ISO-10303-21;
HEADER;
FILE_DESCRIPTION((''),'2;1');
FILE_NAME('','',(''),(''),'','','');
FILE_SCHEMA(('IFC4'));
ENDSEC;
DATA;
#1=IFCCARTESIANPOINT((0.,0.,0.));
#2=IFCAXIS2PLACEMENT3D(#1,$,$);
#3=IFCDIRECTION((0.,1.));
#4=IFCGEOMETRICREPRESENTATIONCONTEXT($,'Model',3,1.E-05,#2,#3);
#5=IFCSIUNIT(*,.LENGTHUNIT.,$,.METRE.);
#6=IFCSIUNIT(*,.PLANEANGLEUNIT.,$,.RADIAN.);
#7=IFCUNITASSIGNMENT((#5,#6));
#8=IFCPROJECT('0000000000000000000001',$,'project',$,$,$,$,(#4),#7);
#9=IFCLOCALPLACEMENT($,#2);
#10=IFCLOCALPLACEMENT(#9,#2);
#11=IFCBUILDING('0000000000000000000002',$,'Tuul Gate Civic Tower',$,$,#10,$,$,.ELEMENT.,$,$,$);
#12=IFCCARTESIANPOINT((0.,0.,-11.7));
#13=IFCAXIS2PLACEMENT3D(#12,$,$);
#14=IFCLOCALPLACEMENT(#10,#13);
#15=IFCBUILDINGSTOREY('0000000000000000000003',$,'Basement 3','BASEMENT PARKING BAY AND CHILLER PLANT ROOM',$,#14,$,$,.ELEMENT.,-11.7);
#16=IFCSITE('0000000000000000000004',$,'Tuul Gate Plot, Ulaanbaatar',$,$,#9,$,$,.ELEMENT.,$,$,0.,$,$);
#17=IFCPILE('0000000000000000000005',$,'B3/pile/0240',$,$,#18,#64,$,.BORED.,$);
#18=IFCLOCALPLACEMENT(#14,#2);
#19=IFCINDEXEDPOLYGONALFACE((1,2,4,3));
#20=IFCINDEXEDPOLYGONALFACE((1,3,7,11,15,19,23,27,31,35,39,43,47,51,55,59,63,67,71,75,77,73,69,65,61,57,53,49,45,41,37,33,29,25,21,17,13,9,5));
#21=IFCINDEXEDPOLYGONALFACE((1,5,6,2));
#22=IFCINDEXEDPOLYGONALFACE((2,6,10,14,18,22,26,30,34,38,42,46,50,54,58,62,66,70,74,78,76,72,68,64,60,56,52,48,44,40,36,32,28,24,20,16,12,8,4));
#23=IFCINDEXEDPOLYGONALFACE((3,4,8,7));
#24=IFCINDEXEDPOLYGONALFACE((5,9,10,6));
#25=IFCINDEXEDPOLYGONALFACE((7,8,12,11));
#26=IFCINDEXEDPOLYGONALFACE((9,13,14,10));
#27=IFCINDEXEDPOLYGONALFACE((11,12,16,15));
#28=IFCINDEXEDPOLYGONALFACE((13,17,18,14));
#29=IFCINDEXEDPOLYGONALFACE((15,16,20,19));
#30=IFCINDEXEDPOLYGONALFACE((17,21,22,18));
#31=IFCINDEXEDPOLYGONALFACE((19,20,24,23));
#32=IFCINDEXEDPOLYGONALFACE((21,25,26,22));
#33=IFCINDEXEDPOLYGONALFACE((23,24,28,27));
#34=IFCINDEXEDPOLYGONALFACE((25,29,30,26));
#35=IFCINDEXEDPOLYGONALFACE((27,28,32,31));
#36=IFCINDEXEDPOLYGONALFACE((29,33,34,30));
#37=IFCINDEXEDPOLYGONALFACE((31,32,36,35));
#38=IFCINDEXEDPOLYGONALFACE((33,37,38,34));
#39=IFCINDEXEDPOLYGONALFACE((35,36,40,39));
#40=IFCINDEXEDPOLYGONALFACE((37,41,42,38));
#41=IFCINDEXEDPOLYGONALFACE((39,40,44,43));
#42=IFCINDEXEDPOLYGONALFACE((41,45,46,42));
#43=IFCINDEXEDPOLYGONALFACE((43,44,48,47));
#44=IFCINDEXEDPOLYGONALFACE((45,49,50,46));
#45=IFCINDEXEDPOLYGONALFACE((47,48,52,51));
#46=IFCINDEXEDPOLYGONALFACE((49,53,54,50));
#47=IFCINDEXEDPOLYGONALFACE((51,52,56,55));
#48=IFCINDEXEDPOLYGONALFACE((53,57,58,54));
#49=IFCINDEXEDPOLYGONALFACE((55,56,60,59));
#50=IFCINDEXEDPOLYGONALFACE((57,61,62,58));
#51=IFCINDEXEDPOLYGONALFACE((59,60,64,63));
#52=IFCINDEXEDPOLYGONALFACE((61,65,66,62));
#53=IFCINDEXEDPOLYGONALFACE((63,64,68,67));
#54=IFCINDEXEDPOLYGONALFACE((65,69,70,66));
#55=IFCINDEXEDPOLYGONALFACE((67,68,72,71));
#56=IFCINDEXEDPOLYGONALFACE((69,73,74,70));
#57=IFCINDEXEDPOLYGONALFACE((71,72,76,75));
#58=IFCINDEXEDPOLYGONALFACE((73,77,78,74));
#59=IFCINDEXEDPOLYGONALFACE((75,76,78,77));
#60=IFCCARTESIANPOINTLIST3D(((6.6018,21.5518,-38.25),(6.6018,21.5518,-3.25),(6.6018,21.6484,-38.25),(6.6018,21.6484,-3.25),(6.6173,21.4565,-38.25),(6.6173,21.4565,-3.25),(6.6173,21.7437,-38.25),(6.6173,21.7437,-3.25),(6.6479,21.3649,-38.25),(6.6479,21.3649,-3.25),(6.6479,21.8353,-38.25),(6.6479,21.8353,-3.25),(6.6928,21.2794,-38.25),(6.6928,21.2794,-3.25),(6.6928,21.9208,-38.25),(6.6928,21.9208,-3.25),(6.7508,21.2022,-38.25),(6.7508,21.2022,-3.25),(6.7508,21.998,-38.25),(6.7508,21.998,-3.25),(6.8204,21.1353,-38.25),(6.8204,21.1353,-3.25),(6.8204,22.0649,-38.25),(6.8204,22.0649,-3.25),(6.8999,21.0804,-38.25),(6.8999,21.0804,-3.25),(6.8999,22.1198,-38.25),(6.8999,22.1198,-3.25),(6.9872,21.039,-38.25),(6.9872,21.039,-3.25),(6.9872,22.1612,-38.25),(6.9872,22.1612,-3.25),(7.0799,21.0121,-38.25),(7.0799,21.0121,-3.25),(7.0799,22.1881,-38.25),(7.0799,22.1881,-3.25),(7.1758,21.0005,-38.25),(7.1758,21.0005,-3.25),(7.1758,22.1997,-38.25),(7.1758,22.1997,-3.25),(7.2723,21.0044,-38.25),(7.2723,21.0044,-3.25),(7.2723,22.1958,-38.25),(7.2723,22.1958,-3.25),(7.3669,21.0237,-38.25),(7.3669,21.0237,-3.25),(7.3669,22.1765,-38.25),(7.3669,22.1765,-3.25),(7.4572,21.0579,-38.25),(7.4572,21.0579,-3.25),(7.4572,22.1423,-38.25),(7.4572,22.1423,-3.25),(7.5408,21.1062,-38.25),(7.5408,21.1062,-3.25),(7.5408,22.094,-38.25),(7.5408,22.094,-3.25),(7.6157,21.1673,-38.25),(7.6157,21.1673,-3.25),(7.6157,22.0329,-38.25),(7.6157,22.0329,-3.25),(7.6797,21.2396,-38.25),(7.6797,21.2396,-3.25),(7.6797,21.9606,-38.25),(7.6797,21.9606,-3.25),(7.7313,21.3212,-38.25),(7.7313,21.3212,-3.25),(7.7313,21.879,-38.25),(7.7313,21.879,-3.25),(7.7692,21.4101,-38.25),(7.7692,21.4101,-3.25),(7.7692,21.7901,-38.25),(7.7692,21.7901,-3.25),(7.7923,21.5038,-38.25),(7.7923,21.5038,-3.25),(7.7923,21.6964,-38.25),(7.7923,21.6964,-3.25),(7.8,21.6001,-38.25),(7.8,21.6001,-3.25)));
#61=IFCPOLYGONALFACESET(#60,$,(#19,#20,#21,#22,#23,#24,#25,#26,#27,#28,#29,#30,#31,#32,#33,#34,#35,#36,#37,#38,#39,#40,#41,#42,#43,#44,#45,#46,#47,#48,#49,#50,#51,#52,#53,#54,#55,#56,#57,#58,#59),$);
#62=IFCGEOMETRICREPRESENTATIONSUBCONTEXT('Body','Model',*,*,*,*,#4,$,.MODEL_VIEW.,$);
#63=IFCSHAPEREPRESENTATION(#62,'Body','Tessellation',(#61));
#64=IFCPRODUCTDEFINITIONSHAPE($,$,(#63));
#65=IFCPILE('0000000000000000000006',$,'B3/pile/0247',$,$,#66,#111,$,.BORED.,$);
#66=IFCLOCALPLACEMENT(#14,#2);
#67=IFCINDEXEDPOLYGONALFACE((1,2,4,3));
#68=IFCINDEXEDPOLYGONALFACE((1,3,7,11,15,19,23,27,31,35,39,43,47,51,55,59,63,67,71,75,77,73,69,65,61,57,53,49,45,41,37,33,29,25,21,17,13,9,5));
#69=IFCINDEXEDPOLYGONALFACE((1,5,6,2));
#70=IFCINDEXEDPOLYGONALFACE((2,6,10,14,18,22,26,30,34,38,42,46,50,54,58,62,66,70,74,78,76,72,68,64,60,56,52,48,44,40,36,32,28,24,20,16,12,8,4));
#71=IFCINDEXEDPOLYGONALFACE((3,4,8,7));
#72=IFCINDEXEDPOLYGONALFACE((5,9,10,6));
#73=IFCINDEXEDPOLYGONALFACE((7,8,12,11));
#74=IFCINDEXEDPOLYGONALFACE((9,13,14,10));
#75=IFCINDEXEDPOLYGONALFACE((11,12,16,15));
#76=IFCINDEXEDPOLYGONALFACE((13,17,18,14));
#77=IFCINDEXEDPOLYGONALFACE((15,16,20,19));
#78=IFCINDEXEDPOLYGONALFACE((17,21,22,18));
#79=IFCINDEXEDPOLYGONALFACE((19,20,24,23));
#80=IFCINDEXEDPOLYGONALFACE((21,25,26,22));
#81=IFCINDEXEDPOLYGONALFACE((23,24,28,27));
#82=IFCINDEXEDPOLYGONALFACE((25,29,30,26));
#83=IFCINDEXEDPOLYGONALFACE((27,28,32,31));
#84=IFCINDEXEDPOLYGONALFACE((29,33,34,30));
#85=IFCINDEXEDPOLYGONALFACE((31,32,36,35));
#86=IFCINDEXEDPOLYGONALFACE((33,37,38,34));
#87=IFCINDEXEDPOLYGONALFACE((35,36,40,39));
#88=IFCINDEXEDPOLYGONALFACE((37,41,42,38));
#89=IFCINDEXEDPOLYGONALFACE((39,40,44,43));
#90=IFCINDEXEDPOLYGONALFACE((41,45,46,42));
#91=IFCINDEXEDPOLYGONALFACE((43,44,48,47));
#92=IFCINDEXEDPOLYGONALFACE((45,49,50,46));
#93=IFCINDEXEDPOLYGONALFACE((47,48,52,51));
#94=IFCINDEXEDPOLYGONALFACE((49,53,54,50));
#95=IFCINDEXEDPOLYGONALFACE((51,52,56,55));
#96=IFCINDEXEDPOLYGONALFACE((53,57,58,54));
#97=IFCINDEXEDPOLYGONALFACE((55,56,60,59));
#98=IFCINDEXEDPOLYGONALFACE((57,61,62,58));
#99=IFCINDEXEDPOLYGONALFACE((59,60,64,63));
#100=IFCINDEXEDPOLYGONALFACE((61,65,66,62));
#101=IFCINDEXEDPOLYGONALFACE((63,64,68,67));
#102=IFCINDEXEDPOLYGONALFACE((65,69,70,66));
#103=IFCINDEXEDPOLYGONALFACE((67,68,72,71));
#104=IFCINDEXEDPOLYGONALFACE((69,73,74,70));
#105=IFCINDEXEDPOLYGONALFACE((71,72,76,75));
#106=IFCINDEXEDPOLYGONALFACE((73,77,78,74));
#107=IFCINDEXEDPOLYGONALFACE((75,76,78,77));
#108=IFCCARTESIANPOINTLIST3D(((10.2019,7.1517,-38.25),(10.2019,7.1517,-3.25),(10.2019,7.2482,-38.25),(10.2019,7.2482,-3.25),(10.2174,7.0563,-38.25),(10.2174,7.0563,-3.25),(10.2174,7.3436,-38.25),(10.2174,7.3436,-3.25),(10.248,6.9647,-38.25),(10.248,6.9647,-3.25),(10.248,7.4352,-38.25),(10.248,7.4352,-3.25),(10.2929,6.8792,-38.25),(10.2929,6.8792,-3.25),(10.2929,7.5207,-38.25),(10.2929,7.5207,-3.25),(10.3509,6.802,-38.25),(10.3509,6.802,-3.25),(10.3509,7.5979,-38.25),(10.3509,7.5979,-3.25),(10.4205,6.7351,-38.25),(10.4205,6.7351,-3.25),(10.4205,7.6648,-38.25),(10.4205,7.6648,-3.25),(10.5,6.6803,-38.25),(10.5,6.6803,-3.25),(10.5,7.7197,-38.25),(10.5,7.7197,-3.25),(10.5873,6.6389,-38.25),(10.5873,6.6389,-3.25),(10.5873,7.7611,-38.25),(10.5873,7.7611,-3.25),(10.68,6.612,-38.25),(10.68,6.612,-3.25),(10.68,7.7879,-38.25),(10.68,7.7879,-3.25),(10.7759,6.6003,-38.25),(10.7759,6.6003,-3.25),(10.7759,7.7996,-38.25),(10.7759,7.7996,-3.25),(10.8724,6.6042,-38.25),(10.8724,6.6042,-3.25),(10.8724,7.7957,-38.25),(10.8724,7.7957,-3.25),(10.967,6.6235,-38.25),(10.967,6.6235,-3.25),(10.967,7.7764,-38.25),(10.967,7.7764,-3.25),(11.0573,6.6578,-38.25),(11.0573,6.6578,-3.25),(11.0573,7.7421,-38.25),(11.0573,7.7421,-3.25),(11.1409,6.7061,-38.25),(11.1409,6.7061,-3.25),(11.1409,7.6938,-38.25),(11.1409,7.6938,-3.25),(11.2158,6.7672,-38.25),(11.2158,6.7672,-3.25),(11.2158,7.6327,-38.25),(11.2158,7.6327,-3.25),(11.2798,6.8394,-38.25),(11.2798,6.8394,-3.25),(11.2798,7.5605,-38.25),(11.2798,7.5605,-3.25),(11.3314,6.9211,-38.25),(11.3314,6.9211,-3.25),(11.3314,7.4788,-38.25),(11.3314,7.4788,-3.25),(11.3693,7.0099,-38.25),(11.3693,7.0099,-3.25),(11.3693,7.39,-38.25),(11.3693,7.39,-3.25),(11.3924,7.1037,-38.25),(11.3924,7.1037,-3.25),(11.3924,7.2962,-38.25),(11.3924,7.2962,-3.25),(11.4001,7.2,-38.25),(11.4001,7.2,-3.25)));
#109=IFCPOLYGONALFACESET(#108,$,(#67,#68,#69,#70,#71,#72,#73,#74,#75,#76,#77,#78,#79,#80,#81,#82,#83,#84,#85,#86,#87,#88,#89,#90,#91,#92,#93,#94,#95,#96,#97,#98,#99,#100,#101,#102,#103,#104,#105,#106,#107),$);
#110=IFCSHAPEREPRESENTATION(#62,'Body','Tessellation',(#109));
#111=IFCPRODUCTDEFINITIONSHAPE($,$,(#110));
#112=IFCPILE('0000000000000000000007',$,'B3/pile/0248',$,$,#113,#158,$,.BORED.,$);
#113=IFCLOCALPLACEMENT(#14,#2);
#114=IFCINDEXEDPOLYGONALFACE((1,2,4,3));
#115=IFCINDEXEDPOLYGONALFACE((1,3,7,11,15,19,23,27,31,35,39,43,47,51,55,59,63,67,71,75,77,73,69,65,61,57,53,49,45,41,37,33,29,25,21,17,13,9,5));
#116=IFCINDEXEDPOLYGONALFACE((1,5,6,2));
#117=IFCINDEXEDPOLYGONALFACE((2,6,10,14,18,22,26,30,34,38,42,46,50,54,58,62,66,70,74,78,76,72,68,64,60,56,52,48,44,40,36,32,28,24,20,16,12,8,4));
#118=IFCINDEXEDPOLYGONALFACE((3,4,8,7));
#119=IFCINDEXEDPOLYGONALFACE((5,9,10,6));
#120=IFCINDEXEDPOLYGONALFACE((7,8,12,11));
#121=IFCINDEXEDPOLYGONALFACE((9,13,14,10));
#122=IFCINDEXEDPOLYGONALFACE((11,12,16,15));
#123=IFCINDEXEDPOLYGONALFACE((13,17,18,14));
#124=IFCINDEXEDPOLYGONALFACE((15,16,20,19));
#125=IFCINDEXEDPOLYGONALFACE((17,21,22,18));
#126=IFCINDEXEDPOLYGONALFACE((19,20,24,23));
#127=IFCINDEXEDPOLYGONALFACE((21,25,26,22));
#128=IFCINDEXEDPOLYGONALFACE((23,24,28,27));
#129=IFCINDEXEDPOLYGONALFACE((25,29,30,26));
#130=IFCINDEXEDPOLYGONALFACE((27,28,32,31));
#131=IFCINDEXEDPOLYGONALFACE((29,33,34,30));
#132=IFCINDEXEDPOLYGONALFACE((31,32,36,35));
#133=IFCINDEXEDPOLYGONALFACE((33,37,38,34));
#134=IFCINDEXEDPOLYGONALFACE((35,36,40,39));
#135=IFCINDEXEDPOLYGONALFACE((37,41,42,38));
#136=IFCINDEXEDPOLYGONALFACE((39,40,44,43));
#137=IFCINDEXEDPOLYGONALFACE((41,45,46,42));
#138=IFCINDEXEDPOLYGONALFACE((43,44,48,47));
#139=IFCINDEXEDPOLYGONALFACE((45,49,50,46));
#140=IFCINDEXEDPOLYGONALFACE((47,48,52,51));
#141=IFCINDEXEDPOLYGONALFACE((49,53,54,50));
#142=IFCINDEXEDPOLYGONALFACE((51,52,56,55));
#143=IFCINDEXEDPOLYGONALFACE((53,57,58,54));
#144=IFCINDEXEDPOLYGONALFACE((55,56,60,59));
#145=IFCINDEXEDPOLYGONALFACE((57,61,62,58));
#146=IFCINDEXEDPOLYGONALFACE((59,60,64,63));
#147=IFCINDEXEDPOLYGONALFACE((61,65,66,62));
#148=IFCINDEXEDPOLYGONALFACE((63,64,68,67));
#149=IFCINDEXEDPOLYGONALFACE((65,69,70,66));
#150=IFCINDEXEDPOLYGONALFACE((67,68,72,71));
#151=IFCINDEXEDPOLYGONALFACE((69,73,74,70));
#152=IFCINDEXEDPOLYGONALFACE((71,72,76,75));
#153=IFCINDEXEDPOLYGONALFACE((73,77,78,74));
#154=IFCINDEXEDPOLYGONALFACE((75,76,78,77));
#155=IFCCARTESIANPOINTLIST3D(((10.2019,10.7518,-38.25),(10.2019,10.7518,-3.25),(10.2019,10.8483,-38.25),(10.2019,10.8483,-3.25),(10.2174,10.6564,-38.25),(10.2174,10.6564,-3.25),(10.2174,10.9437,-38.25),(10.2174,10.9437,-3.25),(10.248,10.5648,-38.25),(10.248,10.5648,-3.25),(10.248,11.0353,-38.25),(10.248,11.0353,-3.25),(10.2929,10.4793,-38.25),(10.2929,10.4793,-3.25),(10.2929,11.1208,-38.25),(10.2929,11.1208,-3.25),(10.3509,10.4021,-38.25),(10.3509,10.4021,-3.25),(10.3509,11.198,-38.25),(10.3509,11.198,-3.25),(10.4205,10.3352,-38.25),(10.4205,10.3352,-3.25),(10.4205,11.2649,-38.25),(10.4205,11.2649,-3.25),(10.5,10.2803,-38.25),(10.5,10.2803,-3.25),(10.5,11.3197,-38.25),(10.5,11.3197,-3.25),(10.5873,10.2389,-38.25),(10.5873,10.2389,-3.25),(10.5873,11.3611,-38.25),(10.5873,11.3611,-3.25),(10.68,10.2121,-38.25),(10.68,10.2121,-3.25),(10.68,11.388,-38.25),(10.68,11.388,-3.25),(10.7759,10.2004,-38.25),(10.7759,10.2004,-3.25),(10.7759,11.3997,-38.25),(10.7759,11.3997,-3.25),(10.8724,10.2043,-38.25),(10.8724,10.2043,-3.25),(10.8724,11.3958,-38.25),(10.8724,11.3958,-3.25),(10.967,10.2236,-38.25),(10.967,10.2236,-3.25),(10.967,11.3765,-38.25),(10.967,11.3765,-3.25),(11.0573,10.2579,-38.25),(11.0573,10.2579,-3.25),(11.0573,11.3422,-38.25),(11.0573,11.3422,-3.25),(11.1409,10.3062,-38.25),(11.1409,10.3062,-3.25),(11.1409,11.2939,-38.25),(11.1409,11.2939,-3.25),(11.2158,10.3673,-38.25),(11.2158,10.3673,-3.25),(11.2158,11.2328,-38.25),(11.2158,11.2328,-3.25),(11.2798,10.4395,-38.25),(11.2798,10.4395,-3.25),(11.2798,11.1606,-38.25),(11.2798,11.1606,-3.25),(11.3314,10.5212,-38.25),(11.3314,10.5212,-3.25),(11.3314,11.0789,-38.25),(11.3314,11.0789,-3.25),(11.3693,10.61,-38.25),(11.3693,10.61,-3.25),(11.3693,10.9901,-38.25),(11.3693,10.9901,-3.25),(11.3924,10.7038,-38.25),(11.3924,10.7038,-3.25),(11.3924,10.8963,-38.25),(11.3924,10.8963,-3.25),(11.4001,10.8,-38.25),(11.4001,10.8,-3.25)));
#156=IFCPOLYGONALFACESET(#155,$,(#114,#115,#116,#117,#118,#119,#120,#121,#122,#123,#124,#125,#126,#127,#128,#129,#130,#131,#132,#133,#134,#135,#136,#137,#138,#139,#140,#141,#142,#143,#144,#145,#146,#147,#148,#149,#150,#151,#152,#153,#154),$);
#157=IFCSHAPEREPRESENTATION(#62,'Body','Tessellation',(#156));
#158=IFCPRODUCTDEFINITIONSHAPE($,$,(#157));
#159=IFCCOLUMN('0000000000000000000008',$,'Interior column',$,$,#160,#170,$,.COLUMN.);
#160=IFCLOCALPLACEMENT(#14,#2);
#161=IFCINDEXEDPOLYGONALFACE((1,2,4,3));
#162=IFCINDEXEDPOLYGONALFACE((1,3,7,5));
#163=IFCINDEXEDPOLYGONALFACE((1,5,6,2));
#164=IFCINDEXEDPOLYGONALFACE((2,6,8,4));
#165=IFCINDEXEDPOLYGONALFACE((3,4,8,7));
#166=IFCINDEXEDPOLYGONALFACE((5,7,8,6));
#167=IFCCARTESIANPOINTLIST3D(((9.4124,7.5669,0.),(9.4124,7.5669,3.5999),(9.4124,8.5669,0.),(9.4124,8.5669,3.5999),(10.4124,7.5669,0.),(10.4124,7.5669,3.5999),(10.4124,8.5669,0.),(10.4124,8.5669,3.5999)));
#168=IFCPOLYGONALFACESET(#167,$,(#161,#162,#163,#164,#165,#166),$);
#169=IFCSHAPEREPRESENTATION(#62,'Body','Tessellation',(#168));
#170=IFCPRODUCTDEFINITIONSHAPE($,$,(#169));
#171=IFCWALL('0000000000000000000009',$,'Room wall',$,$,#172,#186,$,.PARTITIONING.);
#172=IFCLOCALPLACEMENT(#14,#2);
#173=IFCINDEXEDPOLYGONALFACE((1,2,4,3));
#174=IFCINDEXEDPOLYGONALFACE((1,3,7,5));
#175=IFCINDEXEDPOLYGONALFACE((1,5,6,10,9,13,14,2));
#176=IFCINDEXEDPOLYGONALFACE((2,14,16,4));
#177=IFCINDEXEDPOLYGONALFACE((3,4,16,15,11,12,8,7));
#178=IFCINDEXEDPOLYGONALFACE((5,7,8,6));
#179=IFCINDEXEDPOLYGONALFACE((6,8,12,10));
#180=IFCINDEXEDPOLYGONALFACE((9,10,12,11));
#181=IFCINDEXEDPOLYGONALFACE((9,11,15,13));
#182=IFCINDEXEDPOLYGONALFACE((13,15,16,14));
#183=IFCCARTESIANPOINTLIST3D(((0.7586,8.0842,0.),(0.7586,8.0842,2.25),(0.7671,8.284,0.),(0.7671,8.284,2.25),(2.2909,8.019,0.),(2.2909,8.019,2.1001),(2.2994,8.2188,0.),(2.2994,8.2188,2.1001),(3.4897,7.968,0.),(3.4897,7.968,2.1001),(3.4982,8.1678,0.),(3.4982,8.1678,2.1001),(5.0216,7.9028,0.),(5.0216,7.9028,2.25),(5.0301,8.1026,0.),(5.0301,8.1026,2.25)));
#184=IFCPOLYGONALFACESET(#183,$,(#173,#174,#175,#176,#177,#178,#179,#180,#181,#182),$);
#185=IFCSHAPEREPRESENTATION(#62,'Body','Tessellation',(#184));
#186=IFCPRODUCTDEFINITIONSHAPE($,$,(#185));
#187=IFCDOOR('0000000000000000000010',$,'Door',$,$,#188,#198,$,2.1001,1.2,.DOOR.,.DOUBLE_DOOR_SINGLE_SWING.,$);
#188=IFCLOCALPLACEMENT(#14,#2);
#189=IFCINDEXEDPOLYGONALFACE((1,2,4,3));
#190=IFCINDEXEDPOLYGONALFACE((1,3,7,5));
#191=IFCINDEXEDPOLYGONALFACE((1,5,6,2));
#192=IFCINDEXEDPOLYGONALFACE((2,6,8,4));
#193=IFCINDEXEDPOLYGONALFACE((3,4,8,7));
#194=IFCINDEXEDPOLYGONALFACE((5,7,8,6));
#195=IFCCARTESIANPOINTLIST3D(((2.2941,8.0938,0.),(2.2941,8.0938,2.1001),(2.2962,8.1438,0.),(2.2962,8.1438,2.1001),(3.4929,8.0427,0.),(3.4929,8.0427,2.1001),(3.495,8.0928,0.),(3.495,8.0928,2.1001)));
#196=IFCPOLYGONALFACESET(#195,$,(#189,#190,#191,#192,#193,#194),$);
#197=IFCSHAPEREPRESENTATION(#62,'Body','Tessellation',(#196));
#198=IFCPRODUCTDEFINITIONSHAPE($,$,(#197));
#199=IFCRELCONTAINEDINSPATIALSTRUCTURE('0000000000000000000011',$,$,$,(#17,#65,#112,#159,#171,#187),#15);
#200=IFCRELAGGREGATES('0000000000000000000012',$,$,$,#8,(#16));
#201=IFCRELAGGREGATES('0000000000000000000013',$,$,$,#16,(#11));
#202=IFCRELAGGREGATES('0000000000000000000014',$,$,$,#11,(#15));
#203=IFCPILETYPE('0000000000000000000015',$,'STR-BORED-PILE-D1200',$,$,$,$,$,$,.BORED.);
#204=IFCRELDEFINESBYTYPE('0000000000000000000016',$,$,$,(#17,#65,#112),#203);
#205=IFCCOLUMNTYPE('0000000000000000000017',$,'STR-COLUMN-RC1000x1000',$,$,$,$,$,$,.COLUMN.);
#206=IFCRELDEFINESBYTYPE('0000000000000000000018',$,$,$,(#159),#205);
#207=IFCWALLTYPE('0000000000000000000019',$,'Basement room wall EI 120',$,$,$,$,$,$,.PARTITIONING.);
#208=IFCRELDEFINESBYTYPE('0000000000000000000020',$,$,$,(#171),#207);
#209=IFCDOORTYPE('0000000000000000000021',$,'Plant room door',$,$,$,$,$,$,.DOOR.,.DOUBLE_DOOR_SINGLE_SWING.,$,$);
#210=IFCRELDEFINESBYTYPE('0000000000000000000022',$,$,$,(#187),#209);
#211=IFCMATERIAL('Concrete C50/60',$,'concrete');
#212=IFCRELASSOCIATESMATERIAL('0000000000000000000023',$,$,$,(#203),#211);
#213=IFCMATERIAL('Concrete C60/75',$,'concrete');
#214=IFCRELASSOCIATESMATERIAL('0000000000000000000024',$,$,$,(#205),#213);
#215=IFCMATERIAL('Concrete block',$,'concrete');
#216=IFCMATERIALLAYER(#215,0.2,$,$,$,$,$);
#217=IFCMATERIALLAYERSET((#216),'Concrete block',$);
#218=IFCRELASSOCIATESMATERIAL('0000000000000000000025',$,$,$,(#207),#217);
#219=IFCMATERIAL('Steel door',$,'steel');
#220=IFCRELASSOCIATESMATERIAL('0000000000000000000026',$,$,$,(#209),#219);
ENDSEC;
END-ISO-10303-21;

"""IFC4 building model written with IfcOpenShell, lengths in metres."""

from ifc_helpers import new_model, si_unit, direction, frame, frame_2d, origin, origin_2d, place, context, subcontext, project, spatial, rectangle, circle, extrude, material, layer, layer_set, material_profile, profile_set, type_object, element, fill, save


model = new_model("IFC4")

# Units and contexts
model_context = context("Model", 3, precision=1e-05, world=origin(), true_north=direction((0.0, 1.0)))
body_context = subcontext(model_context, "Body", "Model", "MODEL_VIEW")
ifc_project = project(units=[si_unit("LENGTHUNIT", "METRE"), si_unit("PLANEANGLEUNIT", "RADIAN")], contexts=[model_context])

# Site, building, storey
site_placement = place(None, origin())
site = spatial("IfcSite", under=ifc_project, at=site_placement, Name="Tuul Gate Plot, Ulaanbaatar", CompositionType="ELEMENT", RefElevation=0.0)
building_placement = place(site_placement, origin())
building = spatial("IfcBuilding", under=site, at=building_placement, Name="Tuul Gate Civic Tower", CompositionType="ELEMENT")
storey_placement = place(building_placement, frame((0.0, 0.0, -11.7)))
storey = spatial("IfcBuildingStorey", under=building, at=storey_placement, Name="Basement 3", Description="BASEMENT PARKING BAY AND CHILLER PLANT ROOM", CompositionType="ELEMENT", Elevation=-11.7)

# Piles
ifc_material_1 = material(Name="Concrete C50/60", Category="concrete")
ifc_material_profile_1 = material_profile(ifc_material_1, circle(Radius=0.6001, at=origin_2d()), Name="PILE1200")
ifc_profile_set_1 = profile_set([ifc_material_profile_1], Name="Concrete C50/60")
pile_type = type_object("IfcPileType", Name="STR-BORED-PILE-D1200", PredefinedType="BORED", material=ifc_profile_set_1)
for number, where, z_axis, x_axis, name in (
    (1, (7.2, 21.6001, -3.25), (0.0, 0.0, -1.0), (1.0, 0.0, 0.0), "B3/pile/0240"),
    (2, (10.8, 7.2, -3.25), (0.0, 0.0, -1.0), (1.0, 0.0, 0.0), "B3/pile/0247"),
    (3, (10.8, 10.8, -3.25), (0.0, 0.0, -1.0), (1.0, 0.0, 0.0), "B3/pile/0248"),
):
    element("IfcPile", number, at=place(storey_placement, frame(where, z_axis=z_axis, x_axis=x_axis)), inside=storey, type_object=pile_type, Name=name, PredefinedType="BORED", context=body_context, shape_type="SweptSolid", body=[
        extrude(circle(Radius=0.6001, at=origin_2d()), origin(), (0.0, 0.0, 1.0), 35.0),
    ])

# Column
ifc_material_2 = material(Name="Concrete C60/75", Category="concrete")
ifc_material_profile_2 = material_profile(ifc_material_2, rectangle(XDim=1.0, YDim=1.0, at=origin_2d()), Name="RC1000x1000")
ifc_profile_set_2 = profile_set([ifc_material_profile_2], Name="Concrete C60/75")
column_type = type_object("IfcColumnType", Name="STR-COLUMN-RC1000x1000", PredefinedType="COLUMN", material=ifc_profile_set_2)
column_placement = place(storey_placement, frame((9.9124, 8.0669, 0.0), z_axis=(0.0, 0.0, 1.0), x_axis=(1.0, 0.0, 0.0)))
element("IfcColumn", 4, at=column_placement, inside=storey, type_object=column_type, Name="Interior column", PredefinedType="COLUMN", context=body_context, shape_type="SweptSolid", body=[
    extrude(rectangle(XDim=1.0, YDim=1.0, at=origin_2d()), origin(), (0.0, 0.0, 1.0), 3.5999),
])

# Wall, opening, door
ifc_material_3 = material(Name="Concrete block", Category="concrete")
ifc_layer = layer(ifc_material_3, 0.2)
ifc_layer_set = layer_set([ifc_layer], Name="Concrete block")
wall_type = type_object("IfcWallType", Name="Basement room wall EI 120", PredefinedType="PARTITIONING", material=ifc_layer_set)
wall_1_placement = place(storey_placement, frame((0.7629, 8.1841, 0.0), z_axis=(0.0, 0.0, 1.0), x_axis=(0.999096, -0.042514, 0.0)))
wall_1 = element("IfcWall", 5, at=wall_1_placement, inside=storey, type_object=wall_type, Name="Room wall", PredefinedType="PARTITIONING", context=body_context, shape_type="SweptSolid", body=[
    extrude(rectangle(XDim=4.2668, YDim=0.2, at=frame_2d((2.1333, 0.0))), origin(), (0.0, 0.0, 1.0), 2.25),
])
opening_1_placement = place(wall_1_placement, frame((1.5334, 0.0, 0.0)))
opening_1 = element("IfcOpeningElement", 6, at=opening_1_placement, cuts=wall_1, PredefinedType="OPENING", context=body_context, shape_type="SweptSolid", body=[
    extrude(rectangle(XDim=1.2, YDim=2.1001, at=frame_2d((0.6001, 1.05))), frame((0.0, 0.1099, 0.0), z_axis=(0.0, -1.0, 0.0), x_axis=(1.0, 0.0, 0.0)), (0.0, 0.0, 1.0), 0.22),
])
ifc_material_4 = material(Name="Steel door", Category="steel")
door_type = type_object("IfcDoorType", Name="Plant room door", OperationType="DOUBLE_DOOR_SINGLE_SWING", PredefinedType="DOOR", material=ifc_material_4)
door_1_placement = place(opening_1_placement, origin())
door_1 = element("IfcDoor", 7, at=door_1_placement, inside=storey, type_object=door_type, Name="Door", OperationType="DOUBLE_DOOR_SINGLE_SWING", OverallHeight=2.1001, OverallWidth=1.2, PredefinedType="DOOR", context=body_context, shape_type="SweptSolid", body=[
    extrude(rectangle(XDim=1.2, YDim=2.1001, at=frame_2d((0.6001, 1.05))), frame((0.0, 0.0249, 0.0), z_axis=(0.0, -1.0, 0.0), x_axis=(1.0, 0.0, 0.0)), (0.0, 0.0, 1.0), 0.05),
])
fill(opening_1, door_1)

save(model, "model.ifc")
